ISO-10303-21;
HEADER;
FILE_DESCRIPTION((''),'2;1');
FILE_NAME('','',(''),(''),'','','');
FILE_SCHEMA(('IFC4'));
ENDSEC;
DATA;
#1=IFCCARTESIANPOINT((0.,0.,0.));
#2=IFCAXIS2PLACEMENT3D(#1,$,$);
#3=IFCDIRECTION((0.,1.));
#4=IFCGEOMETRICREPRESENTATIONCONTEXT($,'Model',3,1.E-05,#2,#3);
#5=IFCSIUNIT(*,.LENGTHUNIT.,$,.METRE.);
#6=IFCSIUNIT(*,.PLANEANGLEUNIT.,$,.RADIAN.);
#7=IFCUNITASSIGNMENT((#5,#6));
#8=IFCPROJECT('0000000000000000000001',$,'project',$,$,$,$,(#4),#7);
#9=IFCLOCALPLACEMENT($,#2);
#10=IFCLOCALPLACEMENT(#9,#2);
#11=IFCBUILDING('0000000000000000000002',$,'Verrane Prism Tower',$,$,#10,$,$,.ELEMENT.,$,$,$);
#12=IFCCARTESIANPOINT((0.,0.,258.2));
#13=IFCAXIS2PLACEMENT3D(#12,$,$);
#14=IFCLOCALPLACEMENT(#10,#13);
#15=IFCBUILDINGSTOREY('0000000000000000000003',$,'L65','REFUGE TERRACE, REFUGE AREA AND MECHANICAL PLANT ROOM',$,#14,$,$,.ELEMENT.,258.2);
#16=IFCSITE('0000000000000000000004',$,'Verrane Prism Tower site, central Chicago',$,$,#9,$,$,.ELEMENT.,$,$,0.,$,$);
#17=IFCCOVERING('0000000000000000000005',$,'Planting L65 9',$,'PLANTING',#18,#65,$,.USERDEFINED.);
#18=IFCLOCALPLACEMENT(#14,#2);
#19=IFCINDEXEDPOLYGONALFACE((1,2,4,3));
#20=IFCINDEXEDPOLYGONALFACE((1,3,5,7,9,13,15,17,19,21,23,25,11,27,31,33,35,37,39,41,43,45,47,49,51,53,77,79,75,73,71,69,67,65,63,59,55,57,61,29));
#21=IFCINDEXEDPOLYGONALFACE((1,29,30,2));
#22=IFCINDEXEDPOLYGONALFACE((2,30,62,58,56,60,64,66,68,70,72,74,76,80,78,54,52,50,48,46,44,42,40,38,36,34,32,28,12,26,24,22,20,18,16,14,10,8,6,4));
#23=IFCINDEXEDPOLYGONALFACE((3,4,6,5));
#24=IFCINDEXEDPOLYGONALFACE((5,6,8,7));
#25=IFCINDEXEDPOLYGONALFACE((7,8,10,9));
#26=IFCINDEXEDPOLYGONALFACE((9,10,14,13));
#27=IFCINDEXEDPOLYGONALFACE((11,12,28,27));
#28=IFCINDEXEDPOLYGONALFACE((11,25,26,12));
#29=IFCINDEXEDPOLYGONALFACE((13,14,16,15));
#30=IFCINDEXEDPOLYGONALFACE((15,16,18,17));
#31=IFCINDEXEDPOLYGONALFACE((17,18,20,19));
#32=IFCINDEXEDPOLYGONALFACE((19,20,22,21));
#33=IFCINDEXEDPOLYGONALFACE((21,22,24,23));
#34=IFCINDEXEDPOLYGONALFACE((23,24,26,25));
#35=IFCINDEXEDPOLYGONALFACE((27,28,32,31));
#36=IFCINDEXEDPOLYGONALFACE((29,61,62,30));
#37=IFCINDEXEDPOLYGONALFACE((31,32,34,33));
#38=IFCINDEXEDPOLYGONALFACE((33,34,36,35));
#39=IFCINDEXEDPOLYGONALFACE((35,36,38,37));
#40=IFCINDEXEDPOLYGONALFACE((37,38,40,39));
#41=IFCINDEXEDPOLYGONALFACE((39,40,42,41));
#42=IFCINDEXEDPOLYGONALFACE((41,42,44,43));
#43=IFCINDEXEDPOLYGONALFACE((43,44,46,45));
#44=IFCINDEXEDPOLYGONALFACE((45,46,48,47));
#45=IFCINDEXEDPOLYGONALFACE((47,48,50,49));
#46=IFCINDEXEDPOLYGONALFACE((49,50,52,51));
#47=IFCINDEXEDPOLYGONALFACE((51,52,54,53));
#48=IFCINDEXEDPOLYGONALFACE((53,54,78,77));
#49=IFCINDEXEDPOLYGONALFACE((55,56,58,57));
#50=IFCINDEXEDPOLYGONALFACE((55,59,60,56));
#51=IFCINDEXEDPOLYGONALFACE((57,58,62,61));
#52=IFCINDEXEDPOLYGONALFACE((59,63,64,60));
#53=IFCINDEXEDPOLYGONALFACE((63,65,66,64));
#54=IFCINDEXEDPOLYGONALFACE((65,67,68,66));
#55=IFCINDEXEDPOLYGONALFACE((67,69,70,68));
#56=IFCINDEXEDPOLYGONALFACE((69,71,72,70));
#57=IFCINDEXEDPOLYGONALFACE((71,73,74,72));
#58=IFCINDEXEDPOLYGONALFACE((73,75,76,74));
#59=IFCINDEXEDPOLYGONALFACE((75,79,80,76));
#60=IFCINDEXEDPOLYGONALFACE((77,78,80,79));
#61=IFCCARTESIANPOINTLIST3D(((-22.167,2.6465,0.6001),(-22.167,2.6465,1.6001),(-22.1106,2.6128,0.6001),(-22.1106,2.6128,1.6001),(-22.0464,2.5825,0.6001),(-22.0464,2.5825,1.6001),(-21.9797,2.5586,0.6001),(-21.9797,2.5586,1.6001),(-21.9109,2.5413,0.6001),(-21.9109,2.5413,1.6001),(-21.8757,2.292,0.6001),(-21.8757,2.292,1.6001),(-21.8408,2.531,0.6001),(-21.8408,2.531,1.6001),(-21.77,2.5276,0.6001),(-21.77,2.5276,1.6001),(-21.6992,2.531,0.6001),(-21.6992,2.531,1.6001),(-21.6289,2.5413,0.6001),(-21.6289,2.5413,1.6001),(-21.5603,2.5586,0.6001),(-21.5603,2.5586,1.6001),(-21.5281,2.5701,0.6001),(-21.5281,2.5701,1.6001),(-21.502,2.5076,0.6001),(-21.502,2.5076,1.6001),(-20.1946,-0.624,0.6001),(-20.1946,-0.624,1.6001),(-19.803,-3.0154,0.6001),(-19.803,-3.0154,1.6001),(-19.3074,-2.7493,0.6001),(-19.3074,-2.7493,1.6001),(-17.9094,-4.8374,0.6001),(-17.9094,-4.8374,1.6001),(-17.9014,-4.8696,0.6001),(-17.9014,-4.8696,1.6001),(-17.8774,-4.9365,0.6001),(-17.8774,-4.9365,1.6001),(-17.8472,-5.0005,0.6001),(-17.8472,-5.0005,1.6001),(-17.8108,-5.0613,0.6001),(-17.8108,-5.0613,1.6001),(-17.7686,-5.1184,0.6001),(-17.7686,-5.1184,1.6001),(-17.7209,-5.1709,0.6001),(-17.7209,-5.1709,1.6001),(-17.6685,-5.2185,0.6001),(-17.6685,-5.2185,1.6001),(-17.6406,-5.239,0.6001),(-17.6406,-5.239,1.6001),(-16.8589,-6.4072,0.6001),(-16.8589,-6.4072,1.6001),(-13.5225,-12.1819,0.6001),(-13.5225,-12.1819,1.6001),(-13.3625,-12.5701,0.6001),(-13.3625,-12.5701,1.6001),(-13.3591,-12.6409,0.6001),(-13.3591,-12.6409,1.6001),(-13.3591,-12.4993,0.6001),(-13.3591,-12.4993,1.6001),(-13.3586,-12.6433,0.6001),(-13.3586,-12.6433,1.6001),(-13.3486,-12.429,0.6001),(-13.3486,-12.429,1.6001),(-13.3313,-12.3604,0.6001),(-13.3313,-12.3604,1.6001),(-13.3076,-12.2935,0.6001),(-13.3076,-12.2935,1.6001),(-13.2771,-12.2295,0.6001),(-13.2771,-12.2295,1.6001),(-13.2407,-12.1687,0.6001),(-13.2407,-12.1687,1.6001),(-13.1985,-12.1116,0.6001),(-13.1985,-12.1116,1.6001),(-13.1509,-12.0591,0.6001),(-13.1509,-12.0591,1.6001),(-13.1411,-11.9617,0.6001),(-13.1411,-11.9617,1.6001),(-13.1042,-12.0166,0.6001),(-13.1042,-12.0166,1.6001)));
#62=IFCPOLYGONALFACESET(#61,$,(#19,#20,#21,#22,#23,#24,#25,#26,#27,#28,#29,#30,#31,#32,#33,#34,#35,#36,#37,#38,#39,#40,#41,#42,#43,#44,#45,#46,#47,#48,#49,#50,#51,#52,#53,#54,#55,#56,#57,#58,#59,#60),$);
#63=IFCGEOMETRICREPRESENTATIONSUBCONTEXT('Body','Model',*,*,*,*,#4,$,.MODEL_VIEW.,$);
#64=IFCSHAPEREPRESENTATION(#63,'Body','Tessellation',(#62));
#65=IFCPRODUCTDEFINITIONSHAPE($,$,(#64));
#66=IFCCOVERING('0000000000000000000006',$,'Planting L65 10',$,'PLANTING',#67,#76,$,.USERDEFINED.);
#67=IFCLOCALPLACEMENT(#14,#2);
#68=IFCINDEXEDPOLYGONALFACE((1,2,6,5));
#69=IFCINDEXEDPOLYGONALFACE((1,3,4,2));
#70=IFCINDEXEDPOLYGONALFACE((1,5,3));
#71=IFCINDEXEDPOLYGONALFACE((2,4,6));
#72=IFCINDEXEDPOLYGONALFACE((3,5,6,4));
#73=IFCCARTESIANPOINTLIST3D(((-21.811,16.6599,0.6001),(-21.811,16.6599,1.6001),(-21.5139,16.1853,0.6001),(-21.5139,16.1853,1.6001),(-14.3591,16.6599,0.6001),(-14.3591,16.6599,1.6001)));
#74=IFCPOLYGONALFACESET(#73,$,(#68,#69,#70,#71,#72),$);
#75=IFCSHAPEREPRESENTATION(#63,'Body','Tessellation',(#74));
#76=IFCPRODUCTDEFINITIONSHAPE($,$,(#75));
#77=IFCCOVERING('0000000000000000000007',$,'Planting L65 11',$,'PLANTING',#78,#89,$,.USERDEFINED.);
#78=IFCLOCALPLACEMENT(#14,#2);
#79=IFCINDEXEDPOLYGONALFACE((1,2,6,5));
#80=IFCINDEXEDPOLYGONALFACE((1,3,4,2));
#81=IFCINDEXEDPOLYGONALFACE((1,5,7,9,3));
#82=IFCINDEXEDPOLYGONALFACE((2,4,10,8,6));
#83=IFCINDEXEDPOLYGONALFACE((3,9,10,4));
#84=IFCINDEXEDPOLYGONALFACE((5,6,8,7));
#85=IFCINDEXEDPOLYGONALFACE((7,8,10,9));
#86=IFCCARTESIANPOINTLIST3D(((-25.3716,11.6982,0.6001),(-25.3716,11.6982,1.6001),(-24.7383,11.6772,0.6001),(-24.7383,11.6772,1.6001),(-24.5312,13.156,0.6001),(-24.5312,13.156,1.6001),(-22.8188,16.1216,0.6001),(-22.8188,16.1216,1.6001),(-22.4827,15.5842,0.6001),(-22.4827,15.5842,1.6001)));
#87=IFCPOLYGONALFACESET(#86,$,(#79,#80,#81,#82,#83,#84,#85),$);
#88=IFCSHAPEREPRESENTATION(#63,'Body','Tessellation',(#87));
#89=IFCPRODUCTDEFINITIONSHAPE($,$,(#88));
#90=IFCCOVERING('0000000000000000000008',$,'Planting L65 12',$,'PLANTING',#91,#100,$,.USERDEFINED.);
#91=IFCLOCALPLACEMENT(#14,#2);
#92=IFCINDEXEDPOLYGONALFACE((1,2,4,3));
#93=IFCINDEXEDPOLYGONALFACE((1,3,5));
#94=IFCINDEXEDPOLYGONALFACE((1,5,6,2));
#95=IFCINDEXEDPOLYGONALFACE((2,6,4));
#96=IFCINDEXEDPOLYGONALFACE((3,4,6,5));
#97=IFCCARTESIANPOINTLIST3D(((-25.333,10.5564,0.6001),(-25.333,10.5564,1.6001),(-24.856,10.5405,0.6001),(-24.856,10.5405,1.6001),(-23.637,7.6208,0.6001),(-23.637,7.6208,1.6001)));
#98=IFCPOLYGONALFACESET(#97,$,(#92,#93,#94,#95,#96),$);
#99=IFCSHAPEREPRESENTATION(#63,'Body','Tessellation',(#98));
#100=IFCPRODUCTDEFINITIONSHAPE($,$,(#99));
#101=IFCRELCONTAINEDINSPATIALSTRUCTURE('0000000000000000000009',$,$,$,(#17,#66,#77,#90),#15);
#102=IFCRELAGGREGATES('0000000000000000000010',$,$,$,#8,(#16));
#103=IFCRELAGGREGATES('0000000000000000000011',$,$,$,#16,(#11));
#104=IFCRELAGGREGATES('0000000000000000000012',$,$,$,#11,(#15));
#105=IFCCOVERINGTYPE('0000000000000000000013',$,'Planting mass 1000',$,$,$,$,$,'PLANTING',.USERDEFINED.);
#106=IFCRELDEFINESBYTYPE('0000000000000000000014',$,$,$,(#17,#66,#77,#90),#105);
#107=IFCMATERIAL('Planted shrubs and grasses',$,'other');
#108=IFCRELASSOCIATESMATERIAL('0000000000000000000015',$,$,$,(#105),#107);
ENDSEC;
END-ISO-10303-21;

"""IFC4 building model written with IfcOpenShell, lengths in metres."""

from ifc_helpers import new_model, si_unit, direction, frame, origin, place, context, subcontext, project, spatial, polyline, outline, extrude, material, type_object, element, save


model = new_model("IFC4")

# Units and contexts
model_context = context("Model", 3, precision=1e-05, world=origin(), true_north=direction((0.0, 1.0)))
body_context = subcontext(model_context, "Body", "Model", "MODEL_VIEW")
ifc_project = project(units=[si_unit("LENGTHUNIT", "METRE"), si_unit("PLANEANGLEUNIT", "RADIAN")], contexts=[model_context])

# Site, building, storey
site_placement = place(None, origin())
site = spatial("IfcSite", under=ifc_project, at=site_placement, Name="Verrane Prism Tower site, central Chicago", CompositionType="ELEMENT", RefElevation=0.0)
building_placement = place(site_placement, origin())
building = spatial("IfcBuilding", under=site, at=building_placement, Name="Verrane Prism Tower", CompositionType="ELEMENT")
storey_placement = place(building_placement, frame((0.0, 0.0, 258.2)))
storey = spatial("IfcBuildingStorey", under=building, at=storey_placement, Name="L65", Description="REFUGE TERRACE, REFUGE AREA AND MECHANICAL PLANT ROOM", CompositionType="ELEMENT", Elevation=258.2)

# Coverings
ifc_material_1 = material(Name="Planted shrubs and grasses", Category="other")
covering_type_1 = type_object("IfcCoveringType", Name="Planting mass 1000", ElementType="PLANTING", PredefinedType="USERDEFINED", material=ifc_material_1)
covering_1_placement = place(storey_placement, frame((0.0, 0.0, 0.6001)))
element("IfcCovering", 1, at=covering_1_placement, inside=storey, type_object=covering_type_1, Name="Planting L65 9", ObjectType="PLANTING", PredefinedType="USERDEFINED", context=body_context, shape_type="SweptSolid", body=[
    extrude(outline(polyline([(-19.803, -3.0154), (-13.3586, -12.6433), (-13.3591, -12.6409), (-13.3625, -12.5701), (-13.3591, -12.4993), (-13.3486, -12.429), (-13.3313, -12.3604), (-13.3076, -12.2935), (-13.2771, -12.2295), (-13.2407, -12.1687), (-13.1985, -12.1116), (-13.1509, -12.0591), (-13.1042, -12.0166), (-13.1411, -11.9617), (-13.5225, -12.1819), (-16.8589, -6.4072), (-17.6406, -5.239), (-17.6685, -5.2185), (-17.7209, -5.1709), (-17.7686, -5.1184), (-17.8108, -5.0613), (-17.8472, -5.0005), (-17.8774, -4.9365), (-17.9014, -4.8696), (-17.9094, -4.8374), (-19.3074, -2.7493), (-20.1946, -0.624), (-21.8757, 2.292), (-21.502, 2.5076), (-21.5281, 2.5701), (-21.5603, 2.5586), (-21.6289, 2.5413), (-21.6992, 2.531), (-21.77, 2.5276), (-21.8408, 2.531), (-21.9109, 2.5413), (-21.9797, 2.5586), (-22.0464, 2.5825), (-22.1106, 2.6128), (-22.167, 2.6465), (-19.803, -3.0154)])), origin(), (0.0, 0.0, 1.0), 1.0),
])
covering_2_placement = place(storey_placement, frame((0.0, 0.0, 0.6001)))
element("IfcCovering", 2, at=covering_2_placement, inside=storey, type_object=covering_type_1, Name="Planting L65 10", ObjectType="PLANTING", PredefinedType="USERDEFINED", context=body_context, shape_type="SweptSolid", body=[
    extrude(outline(polyline([(-21.5139, 16.1853), (-14.3591, 16.6599), (-21.811, 16.6599), (-21.5139, 16.1853)])), origin(), (0.0, 0.0, 1.0), 1.0),
])
covering_3_placement = place(storey_placement, frame((0.0, 0.0, 0.6001)))
element("IfcCovering", 3, at=covering_3_placement, inside=storey, type_object=covering_type_1, Name="Planting L65 11", ObjectType="PLANTING", PredefinedType="USERDEFINED", context=body_context, shape_type="SweptSolid", body=[
    extrude(outline(polyline([(-24.7383, 11.6772), (-22.4827, 15.5842), (-22.8188, 16.1216), (-24.5312, 13.156), (-25.3716, 11.6982), (-24.7383, 11.6772)])), origin(), (0.0, 0.0, 1.0), 1.0),
])
covering_4_placement = place(storey_placement, frame((0.0, 0.0, 0.6001)))
element("IfcCovering", 4, at=covering_4_placement, inside=storey, type_object=covering_type_1, Name="Planting L65 12", ObjectType="PLANTING", PredefinedType="USERDEFINED", context=body_context, shape_type="SweptSolid", body=[
    extrude(outline(polyline([(-23.637, 7.6208), (-24.856, 10.5405), (-25.333, 10.5564), (-23.637, 7.6208)])), origin(), (0.0, 0.0, 1.0), 1.0),
])

save(model, "model.ifc")
